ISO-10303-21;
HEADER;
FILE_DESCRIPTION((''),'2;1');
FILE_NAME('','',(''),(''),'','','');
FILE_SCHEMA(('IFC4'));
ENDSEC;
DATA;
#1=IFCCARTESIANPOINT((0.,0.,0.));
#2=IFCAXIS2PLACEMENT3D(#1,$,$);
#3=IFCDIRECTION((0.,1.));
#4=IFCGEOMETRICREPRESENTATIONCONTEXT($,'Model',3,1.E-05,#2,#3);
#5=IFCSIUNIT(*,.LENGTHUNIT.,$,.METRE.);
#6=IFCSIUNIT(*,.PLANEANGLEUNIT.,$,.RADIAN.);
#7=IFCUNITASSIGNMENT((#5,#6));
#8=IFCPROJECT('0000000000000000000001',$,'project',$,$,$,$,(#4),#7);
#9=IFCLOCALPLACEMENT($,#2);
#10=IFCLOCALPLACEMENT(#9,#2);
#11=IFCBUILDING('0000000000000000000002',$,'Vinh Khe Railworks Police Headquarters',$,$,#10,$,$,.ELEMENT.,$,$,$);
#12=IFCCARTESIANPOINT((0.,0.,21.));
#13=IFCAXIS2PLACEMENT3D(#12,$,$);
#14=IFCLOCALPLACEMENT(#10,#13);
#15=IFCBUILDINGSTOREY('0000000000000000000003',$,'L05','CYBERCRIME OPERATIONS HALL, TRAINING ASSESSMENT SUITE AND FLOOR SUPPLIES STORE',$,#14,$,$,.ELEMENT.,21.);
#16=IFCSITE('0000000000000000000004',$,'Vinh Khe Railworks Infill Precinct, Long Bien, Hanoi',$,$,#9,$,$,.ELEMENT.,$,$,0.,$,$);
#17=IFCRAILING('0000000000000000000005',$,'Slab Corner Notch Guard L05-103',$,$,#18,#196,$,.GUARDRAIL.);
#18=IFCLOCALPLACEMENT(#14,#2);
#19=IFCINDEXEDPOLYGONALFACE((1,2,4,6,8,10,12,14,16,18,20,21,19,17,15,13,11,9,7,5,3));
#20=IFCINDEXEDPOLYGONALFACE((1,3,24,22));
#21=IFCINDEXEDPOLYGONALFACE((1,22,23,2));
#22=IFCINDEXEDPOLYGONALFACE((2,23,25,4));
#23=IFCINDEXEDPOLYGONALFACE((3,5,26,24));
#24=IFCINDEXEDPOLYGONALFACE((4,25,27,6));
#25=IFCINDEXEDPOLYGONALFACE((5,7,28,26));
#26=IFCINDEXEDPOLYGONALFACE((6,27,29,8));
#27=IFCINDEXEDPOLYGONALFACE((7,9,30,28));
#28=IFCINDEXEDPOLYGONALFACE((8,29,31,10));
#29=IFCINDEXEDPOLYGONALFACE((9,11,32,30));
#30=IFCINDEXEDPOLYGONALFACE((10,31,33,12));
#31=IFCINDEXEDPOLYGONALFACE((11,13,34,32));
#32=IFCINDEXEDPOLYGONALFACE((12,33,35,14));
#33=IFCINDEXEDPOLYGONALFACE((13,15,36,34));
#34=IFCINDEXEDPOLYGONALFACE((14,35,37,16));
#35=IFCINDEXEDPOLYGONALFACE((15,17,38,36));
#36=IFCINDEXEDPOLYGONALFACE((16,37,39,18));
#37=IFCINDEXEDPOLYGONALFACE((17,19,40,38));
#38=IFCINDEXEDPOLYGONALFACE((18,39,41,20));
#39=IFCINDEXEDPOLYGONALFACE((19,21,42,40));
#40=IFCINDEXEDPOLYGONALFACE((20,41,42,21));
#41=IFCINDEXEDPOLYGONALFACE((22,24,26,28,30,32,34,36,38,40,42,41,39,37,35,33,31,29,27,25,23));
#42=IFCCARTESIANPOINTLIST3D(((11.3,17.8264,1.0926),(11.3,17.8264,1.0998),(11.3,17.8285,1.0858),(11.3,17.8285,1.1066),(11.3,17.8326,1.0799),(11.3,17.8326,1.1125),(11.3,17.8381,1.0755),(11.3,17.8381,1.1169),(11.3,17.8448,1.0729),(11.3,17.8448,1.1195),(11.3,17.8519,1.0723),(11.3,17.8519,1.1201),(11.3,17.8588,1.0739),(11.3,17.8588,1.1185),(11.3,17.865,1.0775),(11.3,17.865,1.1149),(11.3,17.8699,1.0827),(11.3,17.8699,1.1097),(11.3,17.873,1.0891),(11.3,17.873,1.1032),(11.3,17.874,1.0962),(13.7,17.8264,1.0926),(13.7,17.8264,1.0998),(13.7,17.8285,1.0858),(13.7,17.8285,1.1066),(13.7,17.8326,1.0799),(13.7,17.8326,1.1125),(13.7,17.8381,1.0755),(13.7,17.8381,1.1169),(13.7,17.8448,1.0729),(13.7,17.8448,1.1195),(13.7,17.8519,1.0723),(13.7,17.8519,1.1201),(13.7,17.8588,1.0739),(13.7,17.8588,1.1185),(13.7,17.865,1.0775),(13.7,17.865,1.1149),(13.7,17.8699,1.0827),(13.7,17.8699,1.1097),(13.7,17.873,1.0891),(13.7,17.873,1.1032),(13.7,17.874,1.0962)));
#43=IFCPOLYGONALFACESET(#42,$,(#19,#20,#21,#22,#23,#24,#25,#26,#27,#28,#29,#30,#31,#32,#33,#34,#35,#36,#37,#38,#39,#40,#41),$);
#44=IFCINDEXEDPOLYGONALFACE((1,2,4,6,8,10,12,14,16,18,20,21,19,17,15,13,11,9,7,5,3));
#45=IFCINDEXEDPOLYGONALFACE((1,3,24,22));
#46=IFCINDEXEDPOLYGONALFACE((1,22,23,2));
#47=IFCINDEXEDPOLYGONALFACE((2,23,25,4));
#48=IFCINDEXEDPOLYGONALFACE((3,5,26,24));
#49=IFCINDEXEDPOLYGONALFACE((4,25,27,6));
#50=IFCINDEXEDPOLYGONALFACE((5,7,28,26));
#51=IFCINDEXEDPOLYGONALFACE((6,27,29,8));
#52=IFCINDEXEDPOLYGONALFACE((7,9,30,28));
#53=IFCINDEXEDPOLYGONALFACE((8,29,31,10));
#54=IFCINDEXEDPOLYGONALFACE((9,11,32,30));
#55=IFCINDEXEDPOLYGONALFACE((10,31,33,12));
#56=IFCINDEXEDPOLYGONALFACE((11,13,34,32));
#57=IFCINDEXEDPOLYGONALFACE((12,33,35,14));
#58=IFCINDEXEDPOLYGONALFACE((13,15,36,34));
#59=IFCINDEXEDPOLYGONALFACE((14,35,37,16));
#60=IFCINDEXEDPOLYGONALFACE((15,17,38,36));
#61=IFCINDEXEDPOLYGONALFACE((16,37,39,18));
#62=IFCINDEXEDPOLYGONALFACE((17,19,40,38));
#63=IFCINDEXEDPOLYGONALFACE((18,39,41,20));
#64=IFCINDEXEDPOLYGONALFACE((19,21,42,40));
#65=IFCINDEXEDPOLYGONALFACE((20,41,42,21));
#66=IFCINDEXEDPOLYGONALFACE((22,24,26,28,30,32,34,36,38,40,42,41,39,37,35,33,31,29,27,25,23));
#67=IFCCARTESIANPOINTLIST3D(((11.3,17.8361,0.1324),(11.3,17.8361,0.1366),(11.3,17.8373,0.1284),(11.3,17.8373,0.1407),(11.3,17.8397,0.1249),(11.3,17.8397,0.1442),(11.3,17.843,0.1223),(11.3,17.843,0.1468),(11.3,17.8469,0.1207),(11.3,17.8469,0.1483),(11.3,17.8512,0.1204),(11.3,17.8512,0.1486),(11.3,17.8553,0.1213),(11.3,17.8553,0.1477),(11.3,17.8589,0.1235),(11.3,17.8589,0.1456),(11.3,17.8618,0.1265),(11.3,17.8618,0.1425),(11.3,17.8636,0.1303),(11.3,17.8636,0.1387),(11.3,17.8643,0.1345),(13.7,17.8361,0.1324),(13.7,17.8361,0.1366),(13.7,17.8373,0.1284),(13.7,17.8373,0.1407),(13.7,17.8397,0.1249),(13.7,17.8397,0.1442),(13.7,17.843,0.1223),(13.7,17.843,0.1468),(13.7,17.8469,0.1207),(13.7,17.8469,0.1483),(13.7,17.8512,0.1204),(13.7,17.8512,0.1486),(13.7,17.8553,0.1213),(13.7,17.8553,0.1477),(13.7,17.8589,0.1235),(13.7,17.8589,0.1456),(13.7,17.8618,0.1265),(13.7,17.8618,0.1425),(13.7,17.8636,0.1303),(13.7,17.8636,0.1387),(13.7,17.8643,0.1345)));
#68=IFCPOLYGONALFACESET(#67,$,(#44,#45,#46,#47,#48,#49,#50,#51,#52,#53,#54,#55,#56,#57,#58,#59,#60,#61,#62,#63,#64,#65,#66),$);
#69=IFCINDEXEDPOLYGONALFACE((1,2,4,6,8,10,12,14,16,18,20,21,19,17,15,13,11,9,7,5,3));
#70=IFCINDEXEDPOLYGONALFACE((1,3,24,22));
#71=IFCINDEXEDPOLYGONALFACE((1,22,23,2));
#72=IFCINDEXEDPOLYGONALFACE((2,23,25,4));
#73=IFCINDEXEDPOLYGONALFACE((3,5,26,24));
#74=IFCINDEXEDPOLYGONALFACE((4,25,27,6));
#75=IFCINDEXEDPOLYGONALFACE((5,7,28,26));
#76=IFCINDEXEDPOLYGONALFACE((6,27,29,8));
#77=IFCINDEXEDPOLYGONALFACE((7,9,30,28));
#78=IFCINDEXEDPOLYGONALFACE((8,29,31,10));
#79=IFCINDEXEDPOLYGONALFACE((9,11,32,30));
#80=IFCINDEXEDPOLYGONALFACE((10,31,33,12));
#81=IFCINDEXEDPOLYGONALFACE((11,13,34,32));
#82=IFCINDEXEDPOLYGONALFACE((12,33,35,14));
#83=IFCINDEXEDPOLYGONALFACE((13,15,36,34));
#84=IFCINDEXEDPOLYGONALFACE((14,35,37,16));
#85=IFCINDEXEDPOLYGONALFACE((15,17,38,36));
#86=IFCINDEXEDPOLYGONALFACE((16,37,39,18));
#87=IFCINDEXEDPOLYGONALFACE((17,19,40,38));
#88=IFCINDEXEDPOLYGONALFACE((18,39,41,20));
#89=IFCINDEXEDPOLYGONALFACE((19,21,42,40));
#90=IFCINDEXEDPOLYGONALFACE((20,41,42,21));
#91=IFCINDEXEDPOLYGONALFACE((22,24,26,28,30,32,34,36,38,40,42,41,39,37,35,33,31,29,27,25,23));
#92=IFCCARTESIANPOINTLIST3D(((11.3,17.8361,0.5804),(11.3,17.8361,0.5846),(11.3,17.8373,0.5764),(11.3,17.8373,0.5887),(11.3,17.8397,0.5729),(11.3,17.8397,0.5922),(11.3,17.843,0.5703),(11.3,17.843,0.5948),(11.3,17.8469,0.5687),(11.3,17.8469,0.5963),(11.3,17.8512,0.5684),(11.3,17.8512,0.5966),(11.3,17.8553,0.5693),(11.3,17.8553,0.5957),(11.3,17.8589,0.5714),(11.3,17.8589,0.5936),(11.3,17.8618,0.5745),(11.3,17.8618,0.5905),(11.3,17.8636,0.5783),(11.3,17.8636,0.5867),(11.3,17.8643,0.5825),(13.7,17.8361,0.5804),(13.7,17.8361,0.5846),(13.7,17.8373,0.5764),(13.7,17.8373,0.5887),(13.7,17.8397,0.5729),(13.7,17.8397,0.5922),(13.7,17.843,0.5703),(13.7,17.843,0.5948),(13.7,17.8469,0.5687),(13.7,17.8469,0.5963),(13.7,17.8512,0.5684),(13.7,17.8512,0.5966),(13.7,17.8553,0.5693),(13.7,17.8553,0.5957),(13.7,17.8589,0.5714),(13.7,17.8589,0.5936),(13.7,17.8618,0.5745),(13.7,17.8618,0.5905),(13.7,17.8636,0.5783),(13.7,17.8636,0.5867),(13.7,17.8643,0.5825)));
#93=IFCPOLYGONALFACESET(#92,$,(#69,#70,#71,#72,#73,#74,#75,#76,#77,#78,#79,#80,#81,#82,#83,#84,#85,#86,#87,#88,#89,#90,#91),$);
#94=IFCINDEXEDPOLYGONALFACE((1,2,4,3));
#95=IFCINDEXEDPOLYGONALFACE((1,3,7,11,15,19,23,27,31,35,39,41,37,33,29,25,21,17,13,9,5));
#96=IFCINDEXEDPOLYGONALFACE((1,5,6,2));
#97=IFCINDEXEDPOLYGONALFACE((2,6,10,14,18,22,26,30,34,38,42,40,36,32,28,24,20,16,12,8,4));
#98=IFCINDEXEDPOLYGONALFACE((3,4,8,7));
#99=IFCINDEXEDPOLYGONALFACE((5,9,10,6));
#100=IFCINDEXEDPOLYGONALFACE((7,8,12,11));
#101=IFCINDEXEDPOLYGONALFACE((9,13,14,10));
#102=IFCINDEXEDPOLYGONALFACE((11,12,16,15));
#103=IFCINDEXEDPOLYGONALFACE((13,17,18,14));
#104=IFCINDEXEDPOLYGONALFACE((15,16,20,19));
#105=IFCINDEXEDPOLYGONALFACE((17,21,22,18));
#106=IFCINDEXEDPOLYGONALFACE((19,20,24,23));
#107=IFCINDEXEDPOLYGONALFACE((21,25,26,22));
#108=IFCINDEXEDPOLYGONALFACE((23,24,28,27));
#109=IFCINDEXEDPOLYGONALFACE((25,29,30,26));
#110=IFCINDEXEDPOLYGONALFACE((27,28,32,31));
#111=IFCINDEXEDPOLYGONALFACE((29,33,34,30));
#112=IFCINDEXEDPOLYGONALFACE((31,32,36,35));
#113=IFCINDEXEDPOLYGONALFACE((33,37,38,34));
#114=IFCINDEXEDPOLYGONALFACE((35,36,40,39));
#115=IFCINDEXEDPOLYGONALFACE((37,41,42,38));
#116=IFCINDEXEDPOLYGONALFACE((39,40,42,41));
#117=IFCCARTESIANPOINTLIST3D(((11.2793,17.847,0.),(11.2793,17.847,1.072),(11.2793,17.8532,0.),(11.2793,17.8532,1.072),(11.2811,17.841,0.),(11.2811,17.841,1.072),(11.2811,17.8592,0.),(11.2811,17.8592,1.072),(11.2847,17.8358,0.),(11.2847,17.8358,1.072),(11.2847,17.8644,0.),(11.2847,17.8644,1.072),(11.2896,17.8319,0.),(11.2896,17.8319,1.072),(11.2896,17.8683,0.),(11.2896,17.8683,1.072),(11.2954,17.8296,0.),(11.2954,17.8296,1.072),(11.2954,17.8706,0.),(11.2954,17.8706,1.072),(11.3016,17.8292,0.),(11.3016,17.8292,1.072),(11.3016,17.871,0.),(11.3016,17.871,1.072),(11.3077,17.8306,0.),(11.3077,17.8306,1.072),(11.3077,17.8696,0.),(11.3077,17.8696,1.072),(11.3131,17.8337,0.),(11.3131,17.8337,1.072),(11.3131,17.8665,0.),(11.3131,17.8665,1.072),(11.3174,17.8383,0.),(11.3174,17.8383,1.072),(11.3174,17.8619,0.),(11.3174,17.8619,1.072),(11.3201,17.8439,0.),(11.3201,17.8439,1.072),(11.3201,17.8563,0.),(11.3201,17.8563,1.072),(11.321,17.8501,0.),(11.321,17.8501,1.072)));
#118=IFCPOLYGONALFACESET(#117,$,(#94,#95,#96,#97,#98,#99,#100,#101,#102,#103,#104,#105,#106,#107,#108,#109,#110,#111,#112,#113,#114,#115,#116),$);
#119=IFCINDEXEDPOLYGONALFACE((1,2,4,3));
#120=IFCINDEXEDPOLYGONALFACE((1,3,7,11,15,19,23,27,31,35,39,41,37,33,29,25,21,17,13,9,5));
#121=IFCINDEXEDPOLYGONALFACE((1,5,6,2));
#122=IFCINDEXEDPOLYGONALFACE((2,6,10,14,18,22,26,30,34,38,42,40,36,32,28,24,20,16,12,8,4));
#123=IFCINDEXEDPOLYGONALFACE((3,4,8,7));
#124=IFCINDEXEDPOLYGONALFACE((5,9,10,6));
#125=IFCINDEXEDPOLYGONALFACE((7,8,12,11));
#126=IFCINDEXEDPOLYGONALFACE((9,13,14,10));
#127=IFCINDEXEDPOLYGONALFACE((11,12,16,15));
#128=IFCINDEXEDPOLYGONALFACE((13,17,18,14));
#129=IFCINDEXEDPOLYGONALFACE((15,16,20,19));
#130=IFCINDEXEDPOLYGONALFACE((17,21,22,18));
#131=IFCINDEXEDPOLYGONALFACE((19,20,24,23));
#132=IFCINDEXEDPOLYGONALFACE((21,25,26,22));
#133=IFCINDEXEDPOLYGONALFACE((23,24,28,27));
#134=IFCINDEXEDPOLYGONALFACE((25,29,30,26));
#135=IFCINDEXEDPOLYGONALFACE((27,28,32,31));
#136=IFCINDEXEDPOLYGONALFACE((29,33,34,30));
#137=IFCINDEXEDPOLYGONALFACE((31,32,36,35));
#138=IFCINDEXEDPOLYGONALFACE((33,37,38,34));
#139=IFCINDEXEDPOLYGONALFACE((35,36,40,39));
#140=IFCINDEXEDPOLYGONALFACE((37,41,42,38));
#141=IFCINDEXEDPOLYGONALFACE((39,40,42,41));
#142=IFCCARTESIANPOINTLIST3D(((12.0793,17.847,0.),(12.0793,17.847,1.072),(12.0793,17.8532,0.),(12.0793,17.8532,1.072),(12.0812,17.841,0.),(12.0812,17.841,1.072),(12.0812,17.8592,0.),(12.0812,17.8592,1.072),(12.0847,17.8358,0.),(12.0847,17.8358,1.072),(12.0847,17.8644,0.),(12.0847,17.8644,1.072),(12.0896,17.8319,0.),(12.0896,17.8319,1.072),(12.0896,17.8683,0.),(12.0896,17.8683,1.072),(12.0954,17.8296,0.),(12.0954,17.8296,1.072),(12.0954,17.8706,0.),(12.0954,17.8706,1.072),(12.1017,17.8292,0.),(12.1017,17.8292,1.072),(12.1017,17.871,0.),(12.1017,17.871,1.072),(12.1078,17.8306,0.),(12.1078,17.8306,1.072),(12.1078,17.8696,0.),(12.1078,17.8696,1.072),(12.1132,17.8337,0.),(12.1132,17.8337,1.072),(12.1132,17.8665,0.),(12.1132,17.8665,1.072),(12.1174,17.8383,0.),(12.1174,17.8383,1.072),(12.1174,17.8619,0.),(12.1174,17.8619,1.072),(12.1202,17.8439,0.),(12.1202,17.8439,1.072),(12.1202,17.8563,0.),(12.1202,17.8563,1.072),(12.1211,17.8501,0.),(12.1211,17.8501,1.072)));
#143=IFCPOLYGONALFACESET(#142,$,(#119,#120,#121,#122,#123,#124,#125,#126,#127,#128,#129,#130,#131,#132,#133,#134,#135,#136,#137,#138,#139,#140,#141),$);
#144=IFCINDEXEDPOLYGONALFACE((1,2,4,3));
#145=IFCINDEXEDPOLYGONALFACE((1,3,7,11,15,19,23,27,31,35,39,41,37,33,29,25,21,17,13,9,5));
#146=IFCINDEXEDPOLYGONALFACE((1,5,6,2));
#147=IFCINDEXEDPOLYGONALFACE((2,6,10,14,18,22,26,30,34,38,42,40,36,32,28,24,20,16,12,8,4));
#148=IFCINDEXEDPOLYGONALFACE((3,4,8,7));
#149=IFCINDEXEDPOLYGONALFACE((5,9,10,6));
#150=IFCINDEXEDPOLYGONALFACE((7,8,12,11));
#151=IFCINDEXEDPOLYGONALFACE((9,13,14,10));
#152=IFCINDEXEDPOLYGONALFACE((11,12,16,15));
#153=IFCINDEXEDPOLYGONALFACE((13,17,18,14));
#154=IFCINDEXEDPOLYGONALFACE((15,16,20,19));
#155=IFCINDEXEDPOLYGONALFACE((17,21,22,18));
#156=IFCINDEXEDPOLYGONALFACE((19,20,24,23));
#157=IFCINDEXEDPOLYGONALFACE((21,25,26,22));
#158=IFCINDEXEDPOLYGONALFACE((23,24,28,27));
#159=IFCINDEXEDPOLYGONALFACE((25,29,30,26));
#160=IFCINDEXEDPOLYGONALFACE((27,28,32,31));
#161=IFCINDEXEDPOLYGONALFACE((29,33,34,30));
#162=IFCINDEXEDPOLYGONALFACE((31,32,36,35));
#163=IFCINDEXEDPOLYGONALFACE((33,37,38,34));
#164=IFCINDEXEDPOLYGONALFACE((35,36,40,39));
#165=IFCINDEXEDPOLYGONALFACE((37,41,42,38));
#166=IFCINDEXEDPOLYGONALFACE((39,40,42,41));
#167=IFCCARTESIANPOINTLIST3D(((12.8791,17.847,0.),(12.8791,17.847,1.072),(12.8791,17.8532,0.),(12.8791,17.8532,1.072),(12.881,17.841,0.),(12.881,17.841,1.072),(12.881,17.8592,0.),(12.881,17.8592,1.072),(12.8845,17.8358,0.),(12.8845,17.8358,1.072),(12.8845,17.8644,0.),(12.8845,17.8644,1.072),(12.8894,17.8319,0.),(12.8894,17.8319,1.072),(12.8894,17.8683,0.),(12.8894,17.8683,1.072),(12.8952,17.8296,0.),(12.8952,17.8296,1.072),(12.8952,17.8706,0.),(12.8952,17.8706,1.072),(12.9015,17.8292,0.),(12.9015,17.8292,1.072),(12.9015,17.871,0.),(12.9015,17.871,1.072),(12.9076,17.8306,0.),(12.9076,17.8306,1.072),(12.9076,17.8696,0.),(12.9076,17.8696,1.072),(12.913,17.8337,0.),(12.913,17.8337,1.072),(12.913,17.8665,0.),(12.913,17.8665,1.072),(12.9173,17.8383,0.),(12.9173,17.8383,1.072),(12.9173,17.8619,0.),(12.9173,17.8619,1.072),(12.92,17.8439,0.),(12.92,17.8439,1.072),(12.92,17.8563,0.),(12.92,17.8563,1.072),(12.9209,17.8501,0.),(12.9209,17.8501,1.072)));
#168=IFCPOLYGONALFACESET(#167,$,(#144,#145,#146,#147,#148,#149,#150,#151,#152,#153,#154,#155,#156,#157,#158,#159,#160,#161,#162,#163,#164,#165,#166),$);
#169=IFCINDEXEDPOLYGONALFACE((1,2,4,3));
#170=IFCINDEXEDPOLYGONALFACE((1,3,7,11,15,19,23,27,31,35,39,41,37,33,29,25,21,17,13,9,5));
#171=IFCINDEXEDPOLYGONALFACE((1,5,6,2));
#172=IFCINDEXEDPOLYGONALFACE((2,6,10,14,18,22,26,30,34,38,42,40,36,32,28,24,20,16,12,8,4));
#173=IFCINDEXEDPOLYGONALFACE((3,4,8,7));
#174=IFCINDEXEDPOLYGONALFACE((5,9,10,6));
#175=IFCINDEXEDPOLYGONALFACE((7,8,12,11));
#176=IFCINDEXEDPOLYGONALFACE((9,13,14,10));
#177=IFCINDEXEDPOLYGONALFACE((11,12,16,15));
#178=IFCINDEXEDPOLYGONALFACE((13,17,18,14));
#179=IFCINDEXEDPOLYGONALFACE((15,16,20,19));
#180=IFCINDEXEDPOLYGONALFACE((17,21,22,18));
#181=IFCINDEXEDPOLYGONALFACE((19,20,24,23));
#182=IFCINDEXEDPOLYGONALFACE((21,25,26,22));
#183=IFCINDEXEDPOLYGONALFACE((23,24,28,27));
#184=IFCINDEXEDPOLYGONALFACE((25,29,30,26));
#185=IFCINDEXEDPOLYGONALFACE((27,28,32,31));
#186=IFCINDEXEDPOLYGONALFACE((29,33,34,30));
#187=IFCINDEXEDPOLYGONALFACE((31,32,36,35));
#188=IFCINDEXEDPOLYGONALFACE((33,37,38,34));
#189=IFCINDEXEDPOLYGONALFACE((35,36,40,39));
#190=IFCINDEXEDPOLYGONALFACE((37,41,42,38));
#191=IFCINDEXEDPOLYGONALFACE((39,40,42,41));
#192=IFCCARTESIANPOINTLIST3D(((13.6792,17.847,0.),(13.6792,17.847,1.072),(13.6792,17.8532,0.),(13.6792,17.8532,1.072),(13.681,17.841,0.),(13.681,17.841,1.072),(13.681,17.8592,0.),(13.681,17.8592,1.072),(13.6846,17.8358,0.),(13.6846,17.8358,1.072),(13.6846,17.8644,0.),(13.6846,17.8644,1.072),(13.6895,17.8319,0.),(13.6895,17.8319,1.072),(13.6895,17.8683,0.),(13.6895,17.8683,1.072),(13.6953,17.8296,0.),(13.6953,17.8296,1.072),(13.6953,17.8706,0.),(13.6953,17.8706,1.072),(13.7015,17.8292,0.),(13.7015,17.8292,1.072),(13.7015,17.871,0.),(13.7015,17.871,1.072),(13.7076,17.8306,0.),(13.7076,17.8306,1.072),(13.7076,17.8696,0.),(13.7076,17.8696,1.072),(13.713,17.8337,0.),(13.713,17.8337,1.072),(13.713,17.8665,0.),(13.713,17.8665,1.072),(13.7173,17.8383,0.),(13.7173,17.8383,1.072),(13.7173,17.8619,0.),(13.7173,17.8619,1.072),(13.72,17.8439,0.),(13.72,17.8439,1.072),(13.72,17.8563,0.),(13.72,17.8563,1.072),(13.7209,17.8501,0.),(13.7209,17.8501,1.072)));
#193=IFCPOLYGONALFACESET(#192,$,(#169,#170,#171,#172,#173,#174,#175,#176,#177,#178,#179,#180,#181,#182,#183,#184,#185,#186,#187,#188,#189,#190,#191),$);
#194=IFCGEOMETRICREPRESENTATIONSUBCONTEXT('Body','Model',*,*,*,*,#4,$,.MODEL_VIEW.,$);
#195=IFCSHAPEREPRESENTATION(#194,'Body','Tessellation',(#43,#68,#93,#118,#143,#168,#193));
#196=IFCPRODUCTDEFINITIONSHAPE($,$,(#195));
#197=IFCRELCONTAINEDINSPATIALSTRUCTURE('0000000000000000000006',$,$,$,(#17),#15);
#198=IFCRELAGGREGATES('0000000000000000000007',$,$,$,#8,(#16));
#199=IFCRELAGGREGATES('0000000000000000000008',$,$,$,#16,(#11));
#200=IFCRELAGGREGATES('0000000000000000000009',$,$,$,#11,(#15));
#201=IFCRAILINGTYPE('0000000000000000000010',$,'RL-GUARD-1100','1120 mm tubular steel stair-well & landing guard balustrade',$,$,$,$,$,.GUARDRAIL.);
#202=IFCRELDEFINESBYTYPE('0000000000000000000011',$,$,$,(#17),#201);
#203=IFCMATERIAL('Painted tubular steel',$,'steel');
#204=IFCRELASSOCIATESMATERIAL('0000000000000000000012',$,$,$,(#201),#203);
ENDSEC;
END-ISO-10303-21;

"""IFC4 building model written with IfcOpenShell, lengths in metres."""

from ifc_helpers import new_model, si_unit, direction, frame, origin, origin_2d, place, context, subcontext, project, spatial, circle, extrude, material, type_object, element, save


model = new_model("IFC4")

# Units and contexts
model_context = context("Model", 3, precision=1e-05, world=origin(), true_north=direction((0.0, 1.0)))
body_context = subcontext(model_context, "Body", "Model", "MODEL_VIEW")
ifc_project = project(units=[si_unit("LENGTHUNIT", "METRE"), si_unit("PLANEANGLEUNIT", "RADIAN")], contexts=[model_context])

# Site, building, storey
site_placement = place(None, origin())
site = spatial("IfcSite", under=ifc_project, at=site_placement, Name="Vinh Khe Railworks Infill Precinct, Long Bien, Hanoi", CompositionType="ELEMENT", RefElevation=0.0)
building_placement = place(site_placement, origin())
building = spatial("IfcBuilding", under=site, at=building_placement, Name="Vinh Khe Railworks Police Headquarters", CompositionType="ELEMENT")
storey_placement = place(building_placement, frame((0.0, 0.0, 21.0)))
storey = spatial("IfcBuildingStorey", under=building, at=storey_placement, Name="L05", Description="CYBERCRIME OPERATIONS HALL, TRAINING ASSESSMENT SUITE AND FLOOR SUPPLIES STORE", CompositionType="ELEMENT", Elevation=21.0)

# Railing
ifc_material_1 = material(Name="Painted tubular steel", Category="steel")
railing_type = type_object("IfcRailingType", Name="RL-GUARD-1100", Description="1120 mm tubular steel stair-well & landing guard balustrade", PredefinedType="GUARDRAIL", material=ifc_material_1)
railing_1_placement = place(storey_placement, frame((11.3, 17.8501, 0.0)))
element("IfcRailing", 1, at=railing_1_placement, inside=storey, type_object=railing_type, Name="Slab Corner Notch Guard L05-103", PredefinedType="GUARDRAIL", context=body_context, shape_type="SweptSolid", body=[
    extrude(circle(Radius=0.0239, at=origin_2d()), frame((0.0, 0.0, 1.0962), z_axis=(1.0, 0.0, 0.0), x_axis=(0.0, 1.0, 0.0)), (0.0, 0.0, 1.0), 2.3999),
    extrude(circle(Radius=0.0142, at=origin_2d()), frame((0.0, 0.0, 0.1345), z_axis=(1.0, 0.0, 0.0), x_axis=(0.0, 1.0, 0.0)), (0.0, 0.0, 1.0), 2.3999),
    extrude(circle(Radius=0.0142, at=origin_2d()), frame((0.0, 0.0, 0.5825), z_axis=(1.0, 0.0, 0.0), x_axis=(0.0, 1.0, 0.0)), (0.0, 0.0, 1.0), 2.3999),
    extrude(circle(Radius=0.021, at=origin_2d()), origin(), (0.0, 0.0, 1.0), 1.072),
    extrude(circle(Radius=0.021, at=origin_2d()), frame((0.8, 0.0, 0.0)), (0.0, 0.0, 1.0), 1.072),
    extrude(circle(Radius=0.021, at=origin_2d()), frame((1.5999, 0.0, 0.0)), (0.0, 0.0, 1.0), 1.072),
    extrude(circle(Radius=0.021, at=origin_2d()), frame((2.3999, 0.0, 0.0)), (0.0, 0.0, 1.0), 1.072),
])

save(model, "model.ifc")
